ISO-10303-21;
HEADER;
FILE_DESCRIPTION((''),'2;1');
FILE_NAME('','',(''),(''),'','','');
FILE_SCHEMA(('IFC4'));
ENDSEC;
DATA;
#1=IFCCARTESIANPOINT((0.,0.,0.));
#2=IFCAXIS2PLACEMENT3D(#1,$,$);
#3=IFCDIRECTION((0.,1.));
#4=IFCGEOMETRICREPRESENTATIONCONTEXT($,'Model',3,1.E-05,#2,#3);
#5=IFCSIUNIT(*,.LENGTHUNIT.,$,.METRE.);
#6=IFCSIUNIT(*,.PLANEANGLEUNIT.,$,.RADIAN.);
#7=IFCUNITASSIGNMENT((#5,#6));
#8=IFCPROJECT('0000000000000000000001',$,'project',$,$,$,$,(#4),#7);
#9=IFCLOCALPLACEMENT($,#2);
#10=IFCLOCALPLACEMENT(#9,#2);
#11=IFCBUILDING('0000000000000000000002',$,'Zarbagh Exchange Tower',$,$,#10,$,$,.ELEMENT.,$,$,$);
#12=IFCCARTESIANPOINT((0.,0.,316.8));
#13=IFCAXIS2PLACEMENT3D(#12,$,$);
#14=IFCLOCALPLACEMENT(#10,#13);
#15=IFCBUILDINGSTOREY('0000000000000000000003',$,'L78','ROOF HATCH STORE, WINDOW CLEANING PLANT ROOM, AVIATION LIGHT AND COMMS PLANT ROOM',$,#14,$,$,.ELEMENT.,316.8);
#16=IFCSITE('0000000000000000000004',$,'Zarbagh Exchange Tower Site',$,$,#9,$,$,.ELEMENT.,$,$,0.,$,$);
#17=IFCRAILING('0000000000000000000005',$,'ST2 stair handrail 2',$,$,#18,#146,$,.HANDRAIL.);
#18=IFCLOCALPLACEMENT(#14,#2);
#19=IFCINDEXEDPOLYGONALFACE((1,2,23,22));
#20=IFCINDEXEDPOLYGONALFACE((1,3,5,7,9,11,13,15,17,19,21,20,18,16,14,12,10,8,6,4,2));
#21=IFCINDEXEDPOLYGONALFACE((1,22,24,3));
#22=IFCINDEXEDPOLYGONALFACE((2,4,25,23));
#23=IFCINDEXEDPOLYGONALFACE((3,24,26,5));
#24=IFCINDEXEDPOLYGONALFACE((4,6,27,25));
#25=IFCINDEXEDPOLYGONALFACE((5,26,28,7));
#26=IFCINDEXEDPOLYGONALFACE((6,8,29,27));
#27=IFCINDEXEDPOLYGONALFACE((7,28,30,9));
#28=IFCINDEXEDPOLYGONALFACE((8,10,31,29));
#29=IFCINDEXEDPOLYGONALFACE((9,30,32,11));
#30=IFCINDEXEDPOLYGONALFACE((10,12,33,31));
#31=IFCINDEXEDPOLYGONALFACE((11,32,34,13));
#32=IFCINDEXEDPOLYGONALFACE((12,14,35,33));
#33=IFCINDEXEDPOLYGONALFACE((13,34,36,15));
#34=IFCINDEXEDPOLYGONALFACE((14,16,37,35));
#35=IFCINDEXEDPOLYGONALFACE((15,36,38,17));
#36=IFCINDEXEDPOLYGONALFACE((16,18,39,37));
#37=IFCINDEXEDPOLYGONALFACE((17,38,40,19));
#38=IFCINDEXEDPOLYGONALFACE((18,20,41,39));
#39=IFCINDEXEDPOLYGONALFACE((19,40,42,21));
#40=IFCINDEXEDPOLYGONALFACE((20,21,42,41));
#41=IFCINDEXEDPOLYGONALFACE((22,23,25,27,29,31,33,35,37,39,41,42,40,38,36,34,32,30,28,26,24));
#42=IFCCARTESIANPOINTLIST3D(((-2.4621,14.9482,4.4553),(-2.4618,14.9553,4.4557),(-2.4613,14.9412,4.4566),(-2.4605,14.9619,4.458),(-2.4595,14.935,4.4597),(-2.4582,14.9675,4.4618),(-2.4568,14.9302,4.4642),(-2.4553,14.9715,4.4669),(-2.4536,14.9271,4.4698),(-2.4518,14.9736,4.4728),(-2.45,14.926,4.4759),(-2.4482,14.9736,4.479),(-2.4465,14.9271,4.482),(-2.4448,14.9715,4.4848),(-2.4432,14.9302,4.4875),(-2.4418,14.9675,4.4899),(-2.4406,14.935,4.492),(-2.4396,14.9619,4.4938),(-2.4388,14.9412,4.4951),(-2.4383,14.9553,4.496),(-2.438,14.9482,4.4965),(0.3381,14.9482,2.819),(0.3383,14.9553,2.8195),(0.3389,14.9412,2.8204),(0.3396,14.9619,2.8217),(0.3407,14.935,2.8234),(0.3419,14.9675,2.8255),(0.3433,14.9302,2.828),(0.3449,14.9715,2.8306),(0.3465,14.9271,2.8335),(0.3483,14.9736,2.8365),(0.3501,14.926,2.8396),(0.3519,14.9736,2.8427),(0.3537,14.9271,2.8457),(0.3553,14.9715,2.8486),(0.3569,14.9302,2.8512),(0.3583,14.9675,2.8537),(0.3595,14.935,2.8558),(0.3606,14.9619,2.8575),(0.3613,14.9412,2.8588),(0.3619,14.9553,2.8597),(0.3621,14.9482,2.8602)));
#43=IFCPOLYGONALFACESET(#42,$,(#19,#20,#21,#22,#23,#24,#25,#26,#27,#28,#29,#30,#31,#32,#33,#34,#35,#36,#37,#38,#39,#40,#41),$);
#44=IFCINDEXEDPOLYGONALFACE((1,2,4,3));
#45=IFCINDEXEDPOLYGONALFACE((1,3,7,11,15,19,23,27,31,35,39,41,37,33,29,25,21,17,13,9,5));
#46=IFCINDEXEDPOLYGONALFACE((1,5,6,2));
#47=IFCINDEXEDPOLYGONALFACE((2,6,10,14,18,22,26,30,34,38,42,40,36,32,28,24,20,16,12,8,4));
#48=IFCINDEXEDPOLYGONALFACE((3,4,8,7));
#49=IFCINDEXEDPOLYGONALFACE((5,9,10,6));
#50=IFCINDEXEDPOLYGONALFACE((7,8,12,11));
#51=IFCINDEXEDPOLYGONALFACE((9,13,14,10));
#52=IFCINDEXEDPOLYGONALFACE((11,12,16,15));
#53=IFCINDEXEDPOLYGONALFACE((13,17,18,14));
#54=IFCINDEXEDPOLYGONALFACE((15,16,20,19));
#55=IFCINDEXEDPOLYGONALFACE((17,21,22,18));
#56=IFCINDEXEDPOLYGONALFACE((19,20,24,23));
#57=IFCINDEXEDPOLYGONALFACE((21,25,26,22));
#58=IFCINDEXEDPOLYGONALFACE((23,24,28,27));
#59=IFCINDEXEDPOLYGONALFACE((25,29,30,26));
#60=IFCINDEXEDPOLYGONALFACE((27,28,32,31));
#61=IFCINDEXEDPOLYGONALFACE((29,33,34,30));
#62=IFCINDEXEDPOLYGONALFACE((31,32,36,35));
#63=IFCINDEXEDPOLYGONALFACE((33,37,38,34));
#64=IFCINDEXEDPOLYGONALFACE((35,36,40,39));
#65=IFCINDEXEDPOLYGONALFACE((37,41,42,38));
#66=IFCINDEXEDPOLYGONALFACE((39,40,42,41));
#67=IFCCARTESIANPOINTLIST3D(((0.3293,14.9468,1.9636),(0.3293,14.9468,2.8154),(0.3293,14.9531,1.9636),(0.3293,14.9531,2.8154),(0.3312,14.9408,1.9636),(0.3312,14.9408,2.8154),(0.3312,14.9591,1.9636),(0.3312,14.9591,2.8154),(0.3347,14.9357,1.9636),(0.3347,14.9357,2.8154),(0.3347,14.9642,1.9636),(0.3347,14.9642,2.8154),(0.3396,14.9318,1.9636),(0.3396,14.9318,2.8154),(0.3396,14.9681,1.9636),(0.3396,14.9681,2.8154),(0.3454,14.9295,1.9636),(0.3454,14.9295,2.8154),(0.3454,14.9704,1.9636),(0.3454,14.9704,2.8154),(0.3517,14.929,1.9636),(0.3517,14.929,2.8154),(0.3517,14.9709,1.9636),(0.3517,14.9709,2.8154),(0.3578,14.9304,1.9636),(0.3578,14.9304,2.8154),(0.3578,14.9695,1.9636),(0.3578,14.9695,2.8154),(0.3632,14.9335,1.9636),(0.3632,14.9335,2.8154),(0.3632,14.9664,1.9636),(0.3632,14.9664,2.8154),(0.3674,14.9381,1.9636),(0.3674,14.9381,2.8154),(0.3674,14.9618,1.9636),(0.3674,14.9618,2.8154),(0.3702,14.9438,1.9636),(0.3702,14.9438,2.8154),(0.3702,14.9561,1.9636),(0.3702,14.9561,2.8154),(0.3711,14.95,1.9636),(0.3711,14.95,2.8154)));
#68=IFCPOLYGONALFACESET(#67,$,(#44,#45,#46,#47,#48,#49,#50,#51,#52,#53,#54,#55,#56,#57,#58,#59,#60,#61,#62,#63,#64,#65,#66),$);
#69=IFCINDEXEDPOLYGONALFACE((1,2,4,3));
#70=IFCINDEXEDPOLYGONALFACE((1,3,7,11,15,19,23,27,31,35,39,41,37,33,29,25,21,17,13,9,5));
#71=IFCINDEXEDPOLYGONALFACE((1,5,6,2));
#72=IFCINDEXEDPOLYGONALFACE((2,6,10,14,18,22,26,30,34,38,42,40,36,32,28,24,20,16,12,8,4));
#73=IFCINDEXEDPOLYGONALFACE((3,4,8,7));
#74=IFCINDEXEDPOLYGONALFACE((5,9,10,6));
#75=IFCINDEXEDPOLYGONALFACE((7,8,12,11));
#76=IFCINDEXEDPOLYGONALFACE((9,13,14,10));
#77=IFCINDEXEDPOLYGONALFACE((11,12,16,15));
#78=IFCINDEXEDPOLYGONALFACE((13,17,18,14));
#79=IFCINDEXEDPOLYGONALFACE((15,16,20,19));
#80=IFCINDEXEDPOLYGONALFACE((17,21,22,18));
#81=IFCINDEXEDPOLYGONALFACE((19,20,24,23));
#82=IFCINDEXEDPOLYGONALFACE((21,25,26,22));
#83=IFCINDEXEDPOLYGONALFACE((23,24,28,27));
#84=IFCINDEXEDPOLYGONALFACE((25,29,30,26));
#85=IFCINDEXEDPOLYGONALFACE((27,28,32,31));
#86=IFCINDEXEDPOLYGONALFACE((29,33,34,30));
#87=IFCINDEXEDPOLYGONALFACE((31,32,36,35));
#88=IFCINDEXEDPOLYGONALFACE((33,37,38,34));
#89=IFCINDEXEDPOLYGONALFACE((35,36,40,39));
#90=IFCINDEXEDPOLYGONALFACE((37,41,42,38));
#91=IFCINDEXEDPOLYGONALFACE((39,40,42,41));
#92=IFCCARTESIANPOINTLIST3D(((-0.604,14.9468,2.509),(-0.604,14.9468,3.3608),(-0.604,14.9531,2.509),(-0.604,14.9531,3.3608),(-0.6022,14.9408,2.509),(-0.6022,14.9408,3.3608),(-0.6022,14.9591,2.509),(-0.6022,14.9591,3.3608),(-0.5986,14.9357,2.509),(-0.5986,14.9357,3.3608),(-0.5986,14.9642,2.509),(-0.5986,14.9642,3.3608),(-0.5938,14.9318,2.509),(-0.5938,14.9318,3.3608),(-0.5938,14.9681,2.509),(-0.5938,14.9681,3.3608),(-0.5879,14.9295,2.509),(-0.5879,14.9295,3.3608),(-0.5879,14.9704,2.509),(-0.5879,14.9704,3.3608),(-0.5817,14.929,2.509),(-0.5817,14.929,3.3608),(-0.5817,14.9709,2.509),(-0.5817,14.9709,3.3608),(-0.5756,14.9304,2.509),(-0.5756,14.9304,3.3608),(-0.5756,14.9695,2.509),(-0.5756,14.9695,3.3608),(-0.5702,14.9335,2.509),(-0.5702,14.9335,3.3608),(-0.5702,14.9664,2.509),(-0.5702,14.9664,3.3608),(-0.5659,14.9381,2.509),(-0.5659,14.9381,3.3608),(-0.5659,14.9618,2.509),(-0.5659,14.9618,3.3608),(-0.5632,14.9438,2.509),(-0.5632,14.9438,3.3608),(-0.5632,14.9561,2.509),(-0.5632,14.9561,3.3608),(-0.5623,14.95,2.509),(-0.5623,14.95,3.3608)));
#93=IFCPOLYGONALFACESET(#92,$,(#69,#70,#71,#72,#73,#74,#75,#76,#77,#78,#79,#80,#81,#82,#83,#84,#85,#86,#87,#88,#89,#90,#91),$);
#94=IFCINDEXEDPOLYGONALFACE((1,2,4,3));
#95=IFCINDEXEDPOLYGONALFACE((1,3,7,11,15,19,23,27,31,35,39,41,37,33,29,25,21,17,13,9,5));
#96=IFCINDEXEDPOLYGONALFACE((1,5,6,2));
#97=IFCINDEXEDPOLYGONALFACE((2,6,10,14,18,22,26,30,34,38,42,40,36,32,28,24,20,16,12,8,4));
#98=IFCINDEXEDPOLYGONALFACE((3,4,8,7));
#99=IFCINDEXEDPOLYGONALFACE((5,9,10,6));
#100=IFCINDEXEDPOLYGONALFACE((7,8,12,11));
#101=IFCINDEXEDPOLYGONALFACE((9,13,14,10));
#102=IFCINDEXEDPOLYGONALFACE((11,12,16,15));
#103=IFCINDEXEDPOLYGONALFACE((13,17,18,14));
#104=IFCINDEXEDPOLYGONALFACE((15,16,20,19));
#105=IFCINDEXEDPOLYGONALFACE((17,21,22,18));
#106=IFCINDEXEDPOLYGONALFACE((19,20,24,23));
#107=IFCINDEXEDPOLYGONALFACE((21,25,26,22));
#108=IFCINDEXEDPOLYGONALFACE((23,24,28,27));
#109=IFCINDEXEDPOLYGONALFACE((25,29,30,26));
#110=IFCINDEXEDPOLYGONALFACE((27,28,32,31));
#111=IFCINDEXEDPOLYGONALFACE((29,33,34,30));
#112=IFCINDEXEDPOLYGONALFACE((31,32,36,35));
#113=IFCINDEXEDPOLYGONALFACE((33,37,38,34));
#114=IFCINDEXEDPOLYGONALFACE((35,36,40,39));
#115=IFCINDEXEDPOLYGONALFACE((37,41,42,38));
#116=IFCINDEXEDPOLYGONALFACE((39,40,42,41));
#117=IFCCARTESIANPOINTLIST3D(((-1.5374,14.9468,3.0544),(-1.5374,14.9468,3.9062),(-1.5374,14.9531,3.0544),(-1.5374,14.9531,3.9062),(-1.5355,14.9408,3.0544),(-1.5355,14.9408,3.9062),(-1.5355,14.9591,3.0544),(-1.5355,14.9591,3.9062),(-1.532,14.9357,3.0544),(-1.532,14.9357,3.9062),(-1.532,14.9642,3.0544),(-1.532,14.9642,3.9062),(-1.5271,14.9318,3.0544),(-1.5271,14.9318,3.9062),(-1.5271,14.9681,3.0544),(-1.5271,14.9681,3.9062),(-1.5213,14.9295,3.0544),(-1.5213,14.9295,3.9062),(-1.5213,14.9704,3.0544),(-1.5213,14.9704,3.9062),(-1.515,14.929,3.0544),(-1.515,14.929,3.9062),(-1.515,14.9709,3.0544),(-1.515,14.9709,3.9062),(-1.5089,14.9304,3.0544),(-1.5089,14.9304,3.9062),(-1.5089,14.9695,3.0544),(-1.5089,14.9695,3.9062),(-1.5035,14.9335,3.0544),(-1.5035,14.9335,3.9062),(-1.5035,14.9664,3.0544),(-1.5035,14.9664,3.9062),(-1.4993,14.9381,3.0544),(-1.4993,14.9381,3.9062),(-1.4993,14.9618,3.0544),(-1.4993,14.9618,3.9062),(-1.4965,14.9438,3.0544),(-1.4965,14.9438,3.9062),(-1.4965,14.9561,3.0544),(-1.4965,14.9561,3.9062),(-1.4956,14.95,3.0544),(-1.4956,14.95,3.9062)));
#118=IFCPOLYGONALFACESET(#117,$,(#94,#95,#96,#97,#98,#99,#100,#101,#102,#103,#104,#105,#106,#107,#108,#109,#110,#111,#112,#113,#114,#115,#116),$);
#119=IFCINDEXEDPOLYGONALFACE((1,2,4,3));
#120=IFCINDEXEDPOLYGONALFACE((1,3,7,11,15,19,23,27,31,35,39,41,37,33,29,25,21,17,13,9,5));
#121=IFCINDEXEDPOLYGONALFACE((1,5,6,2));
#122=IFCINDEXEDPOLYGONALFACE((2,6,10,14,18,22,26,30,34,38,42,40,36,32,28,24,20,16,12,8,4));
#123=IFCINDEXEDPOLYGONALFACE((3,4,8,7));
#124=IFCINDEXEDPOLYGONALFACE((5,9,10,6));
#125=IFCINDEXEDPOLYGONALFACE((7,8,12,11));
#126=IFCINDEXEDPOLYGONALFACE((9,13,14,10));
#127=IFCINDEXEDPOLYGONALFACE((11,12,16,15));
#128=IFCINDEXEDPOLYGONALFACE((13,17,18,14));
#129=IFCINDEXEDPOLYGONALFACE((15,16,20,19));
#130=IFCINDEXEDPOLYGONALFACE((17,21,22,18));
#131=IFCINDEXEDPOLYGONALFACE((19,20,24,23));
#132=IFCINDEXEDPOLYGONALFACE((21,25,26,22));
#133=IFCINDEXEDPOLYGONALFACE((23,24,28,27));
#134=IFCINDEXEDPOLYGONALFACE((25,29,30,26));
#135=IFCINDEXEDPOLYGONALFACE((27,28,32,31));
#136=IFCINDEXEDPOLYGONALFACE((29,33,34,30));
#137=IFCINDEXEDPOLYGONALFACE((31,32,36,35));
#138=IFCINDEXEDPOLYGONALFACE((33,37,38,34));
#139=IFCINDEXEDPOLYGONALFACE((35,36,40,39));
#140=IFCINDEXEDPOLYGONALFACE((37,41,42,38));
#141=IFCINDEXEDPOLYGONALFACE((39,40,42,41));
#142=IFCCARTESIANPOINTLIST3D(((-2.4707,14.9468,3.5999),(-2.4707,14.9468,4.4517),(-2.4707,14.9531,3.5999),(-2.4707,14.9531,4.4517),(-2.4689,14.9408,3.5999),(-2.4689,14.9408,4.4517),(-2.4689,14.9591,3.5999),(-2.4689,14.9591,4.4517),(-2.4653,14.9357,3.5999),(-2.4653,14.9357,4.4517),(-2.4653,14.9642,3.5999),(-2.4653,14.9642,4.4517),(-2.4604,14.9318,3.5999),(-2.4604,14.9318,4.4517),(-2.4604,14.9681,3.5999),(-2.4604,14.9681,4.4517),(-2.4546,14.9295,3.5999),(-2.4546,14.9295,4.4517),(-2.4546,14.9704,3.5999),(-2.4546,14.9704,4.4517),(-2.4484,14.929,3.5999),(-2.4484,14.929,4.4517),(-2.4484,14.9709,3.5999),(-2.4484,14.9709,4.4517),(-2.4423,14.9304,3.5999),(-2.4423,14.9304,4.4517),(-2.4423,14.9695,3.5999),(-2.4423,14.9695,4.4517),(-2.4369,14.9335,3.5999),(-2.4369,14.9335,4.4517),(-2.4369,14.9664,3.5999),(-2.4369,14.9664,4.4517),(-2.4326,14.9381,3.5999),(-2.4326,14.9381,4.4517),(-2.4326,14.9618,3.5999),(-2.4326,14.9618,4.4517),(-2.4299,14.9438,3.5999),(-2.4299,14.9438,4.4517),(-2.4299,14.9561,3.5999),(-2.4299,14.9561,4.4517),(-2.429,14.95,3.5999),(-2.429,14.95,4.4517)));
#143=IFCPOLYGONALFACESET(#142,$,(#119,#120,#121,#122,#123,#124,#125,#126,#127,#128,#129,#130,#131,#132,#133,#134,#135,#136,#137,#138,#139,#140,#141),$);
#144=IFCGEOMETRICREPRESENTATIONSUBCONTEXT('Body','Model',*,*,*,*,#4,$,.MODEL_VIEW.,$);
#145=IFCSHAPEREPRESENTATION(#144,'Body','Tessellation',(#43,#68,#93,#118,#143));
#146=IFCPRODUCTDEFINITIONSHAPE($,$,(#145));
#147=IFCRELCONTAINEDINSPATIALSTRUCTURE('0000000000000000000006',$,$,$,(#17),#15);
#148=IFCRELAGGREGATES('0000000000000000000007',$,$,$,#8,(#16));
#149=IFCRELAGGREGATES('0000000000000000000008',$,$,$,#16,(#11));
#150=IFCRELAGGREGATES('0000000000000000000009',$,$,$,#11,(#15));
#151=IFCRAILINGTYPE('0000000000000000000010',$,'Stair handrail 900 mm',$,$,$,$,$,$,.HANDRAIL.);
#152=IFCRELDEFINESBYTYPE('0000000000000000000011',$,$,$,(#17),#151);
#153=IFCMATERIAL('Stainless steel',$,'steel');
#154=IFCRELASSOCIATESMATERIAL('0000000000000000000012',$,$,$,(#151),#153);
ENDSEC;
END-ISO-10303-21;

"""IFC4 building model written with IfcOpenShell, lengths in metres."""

from ifc_helpers import new_model, si_unit, direction, frame, origin, origin_2d, place, context, subcontext, project, spatial, circle, extrude, material, type_object, element, save


model = new_model("IFC4")

# Units and contexts
model_context = context("Model", 3, precision=1e-05, world=origin(), true_north=direction((0.0, 1.0)))
body_context = subcontext(model_context, "Body", "Model", "MODEL_VIEW")
ifc_project = project(units=[si_unit("LENGTHUNIT", "METRE"), si_unit("PLANEANGLEUNIT", "RADIAN")], contexts=[model_context])

# Site, building, storey
site_placement = place(None, origin())
site = spatial("IfcSite", under=ifc_project, at=site_placement, Name="Zarbagh Exchange Tower Site", CompositionType="ELEMENT", RefElevation=0.0)
building_placement = place(site_placement, origin())
building = spatial("IfcBuilding", under=site, at=building_placement, Name="Zarbagh Exchange Tower", CompositionType="ELEMENT")
storey_placement = place(building_placement, frame((0.0, 0.0, 316.8)))
storey = spatial("IfcBuildingStorey", under=building, at=storey_placement, Name="L78", Description="ROOF HATCH STORE, WINDOW CLEANING PLANT ROOM, AVIATION LIGHT AND COMMS PLANT ROOM", CompositionType="ELEMENT", Elevation=316.8)

# Shared definitions
ifc_material_1 = material(Name="Stainless steel", Category="steel")

# Railing
railing_type_1 = type_object("IfcRailingType", Name="Stair handrail 900 mm", PredefinedType="HANDRAIL", material=ifc_material_1)
railing_1_placement = place(storey_placement, frame((0.3501, 14.95, 1.9636)))
element("IfcRailing", 1, at=railing_1_placement, inside=storey, type_object=railing_type_1, Name="ST2 stair handrail 2", PredefinedType="HANDRAIL", context=body_context, shape_type="SweptSolid", body=[
    extrude(circle(Radius=0.0239, at=origin_2d()), frame((0.0, 0.0, 0.876), z_axis=(-0.863394, 0.0, 0.504531), x_axis=(0.0, -1.0, 0.0)), (0.0, 0.0, 1.0), 3.2432),
    extrude(circle(Radius=0.021, at=origin_2d()), origin(), (0.0, 0.0, 1.0), 0.8518),
    extrude(circle(Radius=0.021, at=origin_2d()), frame((-0.9333, 0.0, 0.5454)), (0.0, 0.0, 1.0), 0.8518),
    extrude(circle(Radius=0.021, at=origin_2d()), frame((-1.8667, 0.0, 1.0908)), (0.0, 0.0, 1.0), 0.8518),
    extrude(circle(Radius=0.021, at=origin_2d()), frame((-2.8, 0.0, 1.6362)), (0.0, 0.0, 1.0), 0.8518),
])

save(model, "model.ifc")
